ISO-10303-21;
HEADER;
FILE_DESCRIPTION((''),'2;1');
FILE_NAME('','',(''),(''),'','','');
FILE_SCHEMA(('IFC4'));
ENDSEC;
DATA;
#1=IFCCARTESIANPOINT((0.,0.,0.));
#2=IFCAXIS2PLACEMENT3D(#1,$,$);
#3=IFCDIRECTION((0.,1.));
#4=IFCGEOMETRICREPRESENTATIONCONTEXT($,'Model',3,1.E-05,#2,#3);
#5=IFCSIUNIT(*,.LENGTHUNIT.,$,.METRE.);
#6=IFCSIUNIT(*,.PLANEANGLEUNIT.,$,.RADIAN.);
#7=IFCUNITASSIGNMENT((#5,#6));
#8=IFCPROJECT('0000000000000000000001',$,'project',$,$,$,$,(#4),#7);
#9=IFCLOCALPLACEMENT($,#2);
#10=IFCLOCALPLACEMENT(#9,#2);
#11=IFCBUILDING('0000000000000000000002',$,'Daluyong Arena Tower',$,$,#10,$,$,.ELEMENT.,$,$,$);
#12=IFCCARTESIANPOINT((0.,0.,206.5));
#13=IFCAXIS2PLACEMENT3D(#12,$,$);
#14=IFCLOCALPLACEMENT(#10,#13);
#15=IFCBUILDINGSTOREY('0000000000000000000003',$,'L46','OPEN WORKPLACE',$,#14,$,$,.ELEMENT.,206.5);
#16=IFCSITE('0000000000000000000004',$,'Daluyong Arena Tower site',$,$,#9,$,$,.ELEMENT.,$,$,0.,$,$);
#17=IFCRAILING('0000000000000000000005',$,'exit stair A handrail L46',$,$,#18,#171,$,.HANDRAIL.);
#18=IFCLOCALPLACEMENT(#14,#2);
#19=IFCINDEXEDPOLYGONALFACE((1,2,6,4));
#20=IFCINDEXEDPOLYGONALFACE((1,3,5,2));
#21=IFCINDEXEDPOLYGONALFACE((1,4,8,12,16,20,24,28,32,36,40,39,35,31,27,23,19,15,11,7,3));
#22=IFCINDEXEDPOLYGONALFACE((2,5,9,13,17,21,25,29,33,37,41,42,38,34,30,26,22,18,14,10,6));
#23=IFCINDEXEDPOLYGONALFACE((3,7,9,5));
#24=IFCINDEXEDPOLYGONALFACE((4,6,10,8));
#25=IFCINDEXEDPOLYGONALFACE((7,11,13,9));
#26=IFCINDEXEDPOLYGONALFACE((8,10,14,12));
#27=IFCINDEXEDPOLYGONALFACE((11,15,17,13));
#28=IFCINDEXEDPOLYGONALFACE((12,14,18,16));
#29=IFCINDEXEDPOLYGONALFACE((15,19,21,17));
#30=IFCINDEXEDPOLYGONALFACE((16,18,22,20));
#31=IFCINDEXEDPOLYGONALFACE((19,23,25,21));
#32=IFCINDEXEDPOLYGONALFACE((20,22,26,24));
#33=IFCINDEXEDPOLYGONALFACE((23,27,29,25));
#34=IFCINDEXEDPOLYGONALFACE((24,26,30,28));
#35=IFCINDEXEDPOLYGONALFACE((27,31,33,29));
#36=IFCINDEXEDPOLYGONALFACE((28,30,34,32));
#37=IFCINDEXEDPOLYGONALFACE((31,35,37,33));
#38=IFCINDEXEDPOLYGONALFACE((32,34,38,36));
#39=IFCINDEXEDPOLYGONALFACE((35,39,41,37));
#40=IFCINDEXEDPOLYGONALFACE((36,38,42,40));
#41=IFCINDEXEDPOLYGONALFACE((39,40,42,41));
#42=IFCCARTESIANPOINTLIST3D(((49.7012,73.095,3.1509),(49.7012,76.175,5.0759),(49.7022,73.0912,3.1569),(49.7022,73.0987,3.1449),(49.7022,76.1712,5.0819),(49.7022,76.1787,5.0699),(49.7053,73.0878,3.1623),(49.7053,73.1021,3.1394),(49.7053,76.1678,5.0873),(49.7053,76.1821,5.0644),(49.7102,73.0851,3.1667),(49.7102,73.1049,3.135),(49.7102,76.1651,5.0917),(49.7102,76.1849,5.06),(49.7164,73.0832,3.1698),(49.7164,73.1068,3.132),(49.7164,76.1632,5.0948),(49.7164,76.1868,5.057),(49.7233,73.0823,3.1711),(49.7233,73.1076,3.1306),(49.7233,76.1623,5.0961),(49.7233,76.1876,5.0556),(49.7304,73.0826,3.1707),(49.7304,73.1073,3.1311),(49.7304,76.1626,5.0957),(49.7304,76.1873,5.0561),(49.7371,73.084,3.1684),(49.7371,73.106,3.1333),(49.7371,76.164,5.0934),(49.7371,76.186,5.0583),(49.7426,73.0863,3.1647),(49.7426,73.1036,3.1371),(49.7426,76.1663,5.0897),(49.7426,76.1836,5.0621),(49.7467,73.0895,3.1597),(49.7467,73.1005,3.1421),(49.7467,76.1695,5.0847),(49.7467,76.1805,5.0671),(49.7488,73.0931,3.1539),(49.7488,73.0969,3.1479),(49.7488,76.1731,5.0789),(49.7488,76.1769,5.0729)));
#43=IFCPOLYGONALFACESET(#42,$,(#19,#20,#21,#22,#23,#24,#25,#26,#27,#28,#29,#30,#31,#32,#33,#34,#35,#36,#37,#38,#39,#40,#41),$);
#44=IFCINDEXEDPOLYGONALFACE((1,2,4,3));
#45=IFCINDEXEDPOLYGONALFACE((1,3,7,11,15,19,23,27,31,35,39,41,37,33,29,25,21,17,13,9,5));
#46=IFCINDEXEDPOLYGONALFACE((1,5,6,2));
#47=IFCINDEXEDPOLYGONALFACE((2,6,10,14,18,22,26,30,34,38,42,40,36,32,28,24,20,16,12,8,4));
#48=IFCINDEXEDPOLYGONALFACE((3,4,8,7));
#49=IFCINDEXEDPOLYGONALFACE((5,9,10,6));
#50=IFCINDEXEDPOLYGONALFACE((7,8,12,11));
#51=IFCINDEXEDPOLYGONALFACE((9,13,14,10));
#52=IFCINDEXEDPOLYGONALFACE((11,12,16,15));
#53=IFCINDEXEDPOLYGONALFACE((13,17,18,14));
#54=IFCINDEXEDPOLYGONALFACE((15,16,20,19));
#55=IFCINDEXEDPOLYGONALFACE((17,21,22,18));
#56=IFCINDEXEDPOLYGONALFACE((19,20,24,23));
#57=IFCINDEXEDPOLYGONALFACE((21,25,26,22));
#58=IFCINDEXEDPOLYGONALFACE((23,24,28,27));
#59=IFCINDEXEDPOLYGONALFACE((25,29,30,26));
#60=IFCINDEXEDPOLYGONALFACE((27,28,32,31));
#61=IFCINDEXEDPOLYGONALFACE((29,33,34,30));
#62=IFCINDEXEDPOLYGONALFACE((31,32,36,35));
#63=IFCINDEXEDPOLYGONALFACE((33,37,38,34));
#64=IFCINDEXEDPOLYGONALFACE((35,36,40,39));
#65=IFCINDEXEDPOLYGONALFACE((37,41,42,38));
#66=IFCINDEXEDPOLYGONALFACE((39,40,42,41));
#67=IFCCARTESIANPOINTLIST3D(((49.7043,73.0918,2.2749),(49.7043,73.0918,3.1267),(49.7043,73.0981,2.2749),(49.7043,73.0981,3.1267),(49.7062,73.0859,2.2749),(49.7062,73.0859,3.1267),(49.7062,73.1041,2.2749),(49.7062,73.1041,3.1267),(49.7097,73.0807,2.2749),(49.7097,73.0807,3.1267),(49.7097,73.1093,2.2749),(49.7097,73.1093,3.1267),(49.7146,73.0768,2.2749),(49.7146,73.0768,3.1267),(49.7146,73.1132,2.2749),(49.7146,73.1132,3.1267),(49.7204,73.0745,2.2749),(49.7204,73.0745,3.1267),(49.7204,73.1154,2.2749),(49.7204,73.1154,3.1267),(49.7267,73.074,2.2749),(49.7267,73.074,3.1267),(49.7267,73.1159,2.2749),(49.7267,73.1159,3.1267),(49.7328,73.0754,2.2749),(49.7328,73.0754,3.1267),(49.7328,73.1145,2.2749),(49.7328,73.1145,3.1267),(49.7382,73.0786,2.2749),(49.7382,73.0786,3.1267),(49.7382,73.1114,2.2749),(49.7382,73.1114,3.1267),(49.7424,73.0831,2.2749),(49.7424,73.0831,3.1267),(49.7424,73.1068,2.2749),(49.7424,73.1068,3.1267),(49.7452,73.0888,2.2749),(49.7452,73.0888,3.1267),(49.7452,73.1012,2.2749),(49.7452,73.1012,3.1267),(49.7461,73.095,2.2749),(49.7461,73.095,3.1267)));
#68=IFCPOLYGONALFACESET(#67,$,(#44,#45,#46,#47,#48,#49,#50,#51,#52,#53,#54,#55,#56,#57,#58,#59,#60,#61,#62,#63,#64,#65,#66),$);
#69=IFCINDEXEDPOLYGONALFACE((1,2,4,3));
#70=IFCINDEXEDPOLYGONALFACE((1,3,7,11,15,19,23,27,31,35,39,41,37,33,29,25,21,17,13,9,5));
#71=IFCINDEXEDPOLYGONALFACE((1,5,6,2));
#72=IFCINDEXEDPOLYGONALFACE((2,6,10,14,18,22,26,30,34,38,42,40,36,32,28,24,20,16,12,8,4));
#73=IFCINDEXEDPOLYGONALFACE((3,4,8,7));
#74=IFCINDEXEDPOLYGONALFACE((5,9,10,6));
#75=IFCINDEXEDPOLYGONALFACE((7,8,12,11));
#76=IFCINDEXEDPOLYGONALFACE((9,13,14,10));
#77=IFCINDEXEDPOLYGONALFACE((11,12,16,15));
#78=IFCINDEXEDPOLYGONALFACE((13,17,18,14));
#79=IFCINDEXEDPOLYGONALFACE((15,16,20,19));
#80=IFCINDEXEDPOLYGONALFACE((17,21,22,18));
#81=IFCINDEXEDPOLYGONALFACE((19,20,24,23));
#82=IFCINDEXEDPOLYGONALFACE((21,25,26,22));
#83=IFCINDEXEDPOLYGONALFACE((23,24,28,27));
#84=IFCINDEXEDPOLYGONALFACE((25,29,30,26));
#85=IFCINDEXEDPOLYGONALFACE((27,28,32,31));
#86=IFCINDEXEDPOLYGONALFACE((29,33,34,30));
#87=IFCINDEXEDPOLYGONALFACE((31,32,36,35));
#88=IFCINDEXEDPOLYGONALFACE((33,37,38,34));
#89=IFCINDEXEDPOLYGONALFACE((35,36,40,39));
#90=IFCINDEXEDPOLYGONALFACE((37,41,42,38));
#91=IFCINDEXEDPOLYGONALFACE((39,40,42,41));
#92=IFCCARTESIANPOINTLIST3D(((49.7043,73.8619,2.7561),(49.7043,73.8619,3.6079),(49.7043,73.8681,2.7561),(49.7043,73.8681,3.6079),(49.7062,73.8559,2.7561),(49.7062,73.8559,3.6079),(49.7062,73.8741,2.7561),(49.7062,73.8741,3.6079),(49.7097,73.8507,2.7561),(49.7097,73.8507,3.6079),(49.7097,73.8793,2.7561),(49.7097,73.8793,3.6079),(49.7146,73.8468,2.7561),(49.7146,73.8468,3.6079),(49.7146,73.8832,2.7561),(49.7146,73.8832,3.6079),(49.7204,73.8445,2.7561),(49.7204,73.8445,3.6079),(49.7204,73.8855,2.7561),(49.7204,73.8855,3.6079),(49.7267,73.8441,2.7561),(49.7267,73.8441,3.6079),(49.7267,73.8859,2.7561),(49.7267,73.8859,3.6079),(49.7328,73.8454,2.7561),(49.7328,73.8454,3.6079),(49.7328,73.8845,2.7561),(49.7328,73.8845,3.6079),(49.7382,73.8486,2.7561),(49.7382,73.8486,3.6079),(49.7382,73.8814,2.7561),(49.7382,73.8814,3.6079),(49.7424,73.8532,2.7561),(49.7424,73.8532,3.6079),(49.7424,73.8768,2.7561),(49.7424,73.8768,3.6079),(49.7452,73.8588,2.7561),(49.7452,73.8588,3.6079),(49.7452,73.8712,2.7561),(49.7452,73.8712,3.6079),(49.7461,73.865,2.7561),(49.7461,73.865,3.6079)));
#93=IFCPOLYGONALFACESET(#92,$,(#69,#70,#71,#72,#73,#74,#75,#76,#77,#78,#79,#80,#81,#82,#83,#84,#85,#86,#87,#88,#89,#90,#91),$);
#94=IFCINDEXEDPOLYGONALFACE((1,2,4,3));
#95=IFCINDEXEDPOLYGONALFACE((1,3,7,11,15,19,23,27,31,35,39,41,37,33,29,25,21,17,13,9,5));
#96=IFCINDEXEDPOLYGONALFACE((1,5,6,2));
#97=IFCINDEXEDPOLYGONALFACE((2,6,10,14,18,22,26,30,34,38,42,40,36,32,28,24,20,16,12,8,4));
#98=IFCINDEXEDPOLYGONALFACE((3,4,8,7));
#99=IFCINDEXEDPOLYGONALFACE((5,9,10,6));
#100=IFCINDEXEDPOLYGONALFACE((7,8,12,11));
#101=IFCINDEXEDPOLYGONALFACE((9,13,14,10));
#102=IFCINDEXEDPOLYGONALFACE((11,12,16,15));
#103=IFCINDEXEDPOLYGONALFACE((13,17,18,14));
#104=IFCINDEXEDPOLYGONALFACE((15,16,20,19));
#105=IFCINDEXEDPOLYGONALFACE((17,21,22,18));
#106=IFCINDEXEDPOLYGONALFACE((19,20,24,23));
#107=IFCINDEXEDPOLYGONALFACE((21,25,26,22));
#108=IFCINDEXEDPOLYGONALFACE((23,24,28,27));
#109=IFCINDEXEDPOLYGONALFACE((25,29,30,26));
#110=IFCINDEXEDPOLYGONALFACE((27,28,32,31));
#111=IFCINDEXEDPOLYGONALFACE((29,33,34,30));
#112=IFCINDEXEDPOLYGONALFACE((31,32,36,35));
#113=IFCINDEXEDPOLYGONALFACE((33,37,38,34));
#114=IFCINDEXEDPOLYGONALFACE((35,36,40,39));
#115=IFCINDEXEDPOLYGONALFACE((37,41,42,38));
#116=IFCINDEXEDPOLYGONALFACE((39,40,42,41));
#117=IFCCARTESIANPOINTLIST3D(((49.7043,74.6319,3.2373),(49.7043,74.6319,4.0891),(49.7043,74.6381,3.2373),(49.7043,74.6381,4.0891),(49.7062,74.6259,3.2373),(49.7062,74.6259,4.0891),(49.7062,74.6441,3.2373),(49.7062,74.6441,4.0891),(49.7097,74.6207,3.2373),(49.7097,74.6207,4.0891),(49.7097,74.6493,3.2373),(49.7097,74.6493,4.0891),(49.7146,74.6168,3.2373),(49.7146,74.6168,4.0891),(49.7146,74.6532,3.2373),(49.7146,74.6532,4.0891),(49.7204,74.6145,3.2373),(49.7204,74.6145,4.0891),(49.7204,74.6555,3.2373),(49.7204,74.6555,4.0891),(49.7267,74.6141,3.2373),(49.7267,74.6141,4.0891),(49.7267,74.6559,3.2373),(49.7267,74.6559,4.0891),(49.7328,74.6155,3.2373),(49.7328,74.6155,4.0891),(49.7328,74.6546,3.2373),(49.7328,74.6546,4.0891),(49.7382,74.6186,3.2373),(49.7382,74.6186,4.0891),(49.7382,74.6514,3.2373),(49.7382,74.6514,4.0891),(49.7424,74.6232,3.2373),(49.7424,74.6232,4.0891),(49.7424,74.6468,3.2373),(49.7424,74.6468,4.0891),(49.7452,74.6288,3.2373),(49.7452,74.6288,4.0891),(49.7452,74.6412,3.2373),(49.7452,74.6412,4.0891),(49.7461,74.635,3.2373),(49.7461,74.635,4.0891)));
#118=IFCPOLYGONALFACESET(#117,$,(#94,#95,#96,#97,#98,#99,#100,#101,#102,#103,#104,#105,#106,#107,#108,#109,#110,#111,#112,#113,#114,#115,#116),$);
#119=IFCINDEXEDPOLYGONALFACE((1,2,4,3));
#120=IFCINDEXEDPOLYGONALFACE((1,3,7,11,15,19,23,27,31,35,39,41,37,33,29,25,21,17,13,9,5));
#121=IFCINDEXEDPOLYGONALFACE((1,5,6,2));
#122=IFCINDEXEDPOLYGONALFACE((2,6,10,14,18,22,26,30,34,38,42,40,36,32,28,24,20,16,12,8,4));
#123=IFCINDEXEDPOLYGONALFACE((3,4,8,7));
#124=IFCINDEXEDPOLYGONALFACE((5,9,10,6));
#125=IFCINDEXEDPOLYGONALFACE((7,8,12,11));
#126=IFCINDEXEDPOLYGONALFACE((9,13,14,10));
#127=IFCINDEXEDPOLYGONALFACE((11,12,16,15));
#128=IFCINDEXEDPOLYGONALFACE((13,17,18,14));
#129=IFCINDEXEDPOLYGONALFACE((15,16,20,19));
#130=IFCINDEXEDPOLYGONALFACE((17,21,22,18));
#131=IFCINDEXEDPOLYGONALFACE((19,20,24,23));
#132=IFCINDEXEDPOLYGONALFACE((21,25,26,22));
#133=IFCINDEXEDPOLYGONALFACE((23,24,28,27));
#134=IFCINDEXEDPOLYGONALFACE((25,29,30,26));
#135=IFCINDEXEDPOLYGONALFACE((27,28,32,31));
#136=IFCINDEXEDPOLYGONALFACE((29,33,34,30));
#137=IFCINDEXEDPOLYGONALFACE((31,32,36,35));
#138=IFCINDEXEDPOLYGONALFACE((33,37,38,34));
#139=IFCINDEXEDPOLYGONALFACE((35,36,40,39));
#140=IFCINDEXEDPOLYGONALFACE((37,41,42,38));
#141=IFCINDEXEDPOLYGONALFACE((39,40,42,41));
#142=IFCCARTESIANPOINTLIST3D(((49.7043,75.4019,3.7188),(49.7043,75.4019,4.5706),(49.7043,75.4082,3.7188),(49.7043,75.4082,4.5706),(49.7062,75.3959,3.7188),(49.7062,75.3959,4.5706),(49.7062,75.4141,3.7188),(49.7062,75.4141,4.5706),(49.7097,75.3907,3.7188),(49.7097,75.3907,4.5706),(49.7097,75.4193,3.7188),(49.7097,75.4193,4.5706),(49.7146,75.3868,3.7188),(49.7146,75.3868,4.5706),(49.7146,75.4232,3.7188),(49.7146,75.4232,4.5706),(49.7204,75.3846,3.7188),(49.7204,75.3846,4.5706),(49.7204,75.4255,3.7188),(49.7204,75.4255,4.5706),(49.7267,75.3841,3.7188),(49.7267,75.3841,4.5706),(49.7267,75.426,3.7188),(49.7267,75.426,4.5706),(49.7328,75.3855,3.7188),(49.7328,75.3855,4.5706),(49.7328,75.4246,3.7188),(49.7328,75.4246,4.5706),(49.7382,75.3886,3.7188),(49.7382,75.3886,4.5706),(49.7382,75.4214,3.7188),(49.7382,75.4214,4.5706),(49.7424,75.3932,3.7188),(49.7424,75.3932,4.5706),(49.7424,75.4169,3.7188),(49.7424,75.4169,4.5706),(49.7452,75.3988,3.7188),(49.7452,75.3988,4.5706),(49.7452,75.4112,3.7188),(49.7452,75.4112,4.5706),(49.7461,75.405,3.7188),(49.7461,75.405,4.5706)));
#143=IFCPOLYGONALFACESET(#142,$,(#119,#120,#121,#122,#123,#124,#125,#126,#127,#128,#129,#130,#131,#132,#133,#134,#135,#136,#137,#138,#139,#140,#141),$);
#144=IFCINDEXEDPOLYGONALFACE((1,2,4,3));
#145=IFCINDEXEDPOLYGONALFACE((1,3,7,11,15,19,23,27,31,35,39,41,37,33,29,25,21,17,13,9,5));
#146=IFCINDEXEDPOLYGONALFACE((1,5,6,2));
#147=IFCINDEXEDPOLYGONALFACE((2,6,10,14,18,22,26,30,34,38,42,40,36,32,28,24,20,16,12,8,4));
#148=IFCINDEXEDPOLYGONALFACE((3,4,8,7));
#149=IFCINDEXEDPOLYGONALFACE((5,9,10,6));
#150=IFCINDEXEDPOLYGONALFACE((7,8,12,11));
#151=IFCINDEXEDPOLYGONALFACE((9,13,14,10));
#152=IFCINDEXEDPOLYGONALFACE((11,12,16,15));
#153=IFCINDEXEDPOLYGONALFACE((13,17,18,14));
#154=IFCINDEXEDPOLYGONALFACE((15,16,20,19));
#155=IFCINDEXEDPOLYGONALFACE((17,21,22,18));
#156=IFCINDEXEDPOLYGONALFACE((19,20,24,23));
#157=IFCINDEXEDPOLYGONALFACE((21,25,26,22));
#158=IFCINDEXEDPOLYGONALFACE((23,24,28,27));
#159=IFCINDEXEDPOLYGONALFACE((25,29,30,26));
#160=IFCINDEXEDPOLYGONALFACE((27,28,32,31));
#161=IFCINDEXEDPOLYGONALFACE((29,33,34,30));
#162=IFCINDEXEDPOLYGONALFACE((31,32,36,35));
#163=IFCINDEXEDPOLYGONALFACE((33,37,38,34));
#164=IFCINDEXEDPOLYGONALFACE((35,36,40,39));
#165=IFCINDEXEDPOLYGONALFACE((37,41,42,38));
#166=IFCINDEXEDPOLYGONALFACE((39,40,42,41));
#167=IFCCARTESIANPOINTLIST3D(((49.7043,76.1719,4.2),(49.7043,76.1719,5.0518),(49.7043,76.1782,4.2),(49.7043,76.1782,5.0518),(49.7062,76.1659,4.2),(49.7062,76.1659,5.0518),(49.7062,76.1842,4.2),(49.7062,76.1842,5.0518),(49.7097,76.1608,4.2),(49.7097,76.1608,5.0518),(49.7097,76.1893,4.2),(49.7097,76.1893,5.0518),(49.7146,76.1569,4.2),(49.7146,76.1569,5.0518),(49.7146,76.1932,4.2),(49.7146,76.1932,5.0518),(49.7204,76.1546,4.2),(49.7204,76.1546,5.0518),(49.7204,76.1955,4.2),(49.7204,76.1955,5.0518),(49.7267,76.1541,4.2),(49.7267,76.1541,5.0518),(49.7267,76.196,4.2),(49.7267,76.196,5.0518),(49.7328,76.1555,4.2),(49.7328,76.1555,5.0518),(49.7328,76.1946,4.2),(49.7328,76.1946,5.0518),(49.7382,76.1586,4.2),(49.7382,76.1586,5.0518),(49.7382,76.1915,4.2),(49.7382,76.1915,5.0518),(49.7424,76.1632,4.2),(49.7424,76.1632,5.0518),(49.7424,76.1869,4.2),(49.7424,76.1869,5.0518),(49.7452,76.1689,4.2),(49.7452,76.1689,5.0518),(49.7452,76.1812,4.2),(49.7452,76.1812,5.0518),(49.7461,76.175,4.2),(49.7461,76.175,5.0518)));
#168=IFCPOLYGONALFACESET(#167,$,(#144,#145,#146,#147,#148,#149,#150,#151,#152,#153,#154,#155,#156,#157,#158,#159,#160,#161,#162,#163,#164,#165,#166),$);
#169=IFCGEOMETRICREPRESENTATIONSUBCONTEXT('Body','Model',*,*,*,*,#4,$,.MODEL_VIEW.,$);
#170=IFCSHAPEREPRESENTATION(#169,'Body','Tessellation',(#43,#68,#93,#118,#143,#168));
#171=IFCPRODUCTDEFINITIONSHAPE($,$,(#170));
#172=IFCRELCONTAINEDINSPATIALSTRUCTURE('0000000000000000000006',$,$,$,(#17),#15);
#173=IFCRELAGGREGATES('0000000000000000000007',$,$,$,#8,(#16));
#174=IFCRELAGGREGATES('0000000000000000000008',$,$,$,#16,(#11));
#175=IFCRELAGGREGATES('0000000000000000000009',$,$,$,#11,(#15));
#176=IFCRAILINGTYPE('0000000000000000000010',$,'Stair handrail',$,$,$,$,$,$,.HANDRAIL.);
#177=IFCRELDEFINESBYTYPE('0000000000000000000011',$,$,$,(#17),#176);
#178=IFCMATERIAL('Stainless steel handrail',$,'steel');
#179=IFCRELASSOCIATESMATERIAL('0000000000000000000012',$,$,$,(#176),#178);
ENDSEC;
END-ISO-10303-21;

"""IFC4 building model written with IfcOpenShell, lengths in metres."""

from ifc_helpers import new_model, si_unit, direction, frame, origin, origin_2d, place, context, subcontext, project, spatial, circle, extrude, material, type_object, element, save


model = new_model("IFC4")

# Units and contexts
model_context = context("Model", 3, precision=1e-05, world=origin(), true_north=direction((0.0, 1.0)))
body_context = subcontext(model_context, "Body", "Model", "MODEL_VIEW")
ifc_project = project(units=[si_unit("LENGTHUNIT", "METRE"), si_unit("PLANEANGLEUNIT", "RADIAN")], contexts=[model_context])

# Site, building, storey
site_placement = place(None, origin())
site = spatial("IfcSite", under=ifc_project, at=site_placement, Name="Daluyong Arena Tower site", CompositionType="ELEMENT", RefElevation=0.0)
building_placement = place(site_placement, origin())
building = spatial("IfcBuilding", under=site, at=building_placement, Name="Daluyong Arena Tower", CompositionType="ELEMENT")
storey_placement = place(building_placement, frame((0.0, 0.0, 206.5)))
storey = spatial("IfcBuildingStorey", under=building, at=storey_placement, Name="L46", Description="OPEN WORKPLACE", CompositionType="ELEMENT", Elevation=206.5)

# Railing
ifc_material_1 = material(Name="Stainless steel handrail", Category="steel")
railing_type_1 = type_object("IfcRailingType", Name="Stair handrail", PredefinedType="HANDRAIL", material=ifc_material_1)
railing_1_placement = place(storey_placement, frame((49.7251, 73.095, 2.2749)))
element("IfcRailing", 1, at=railing_1_placement, inside=storey, type_object=railing_type_1, Name="exit stair A handrail L46", PredefinedType="HANDRAIL", context=body_context, shape_type="SweptSolid", body=[
    extrude(circle(Radius=0.0239, at=origin_2d()), frame((0.0, 0.0, 0.876), z_axis=(0.0, 0.847998, 0.529999), x_axis=(-1.0, 0.0, 0.0)), (0.0, 0.0, 1.0), 3.6321),
    extrude(circle(Radius=0.021, at=origin_2d()), origin(), (0.0, 0.0, 1.0), 0.8518),
    extrude(circle(Radius=0.021, at=origin_2d()), frame((0.0, 0.77, 0.4812)), (0.0, 0.0, 1.0), 0.8518),
    extrude(circle(Radius=0.021, at=origin_2d()), frame((0.0, 1.54, 0.9624)), (0.0, 0.0, 1.0), 0.8518),
    extrude(circle(Radius=0.021, at=origin_2d()), frame((0.0, 2.3101, 1.4438)), (0.0, 0.0, 1.0), 0.8518),
    extrude(circle(Radius=0.021, at=origin_2d()), frame((0.0, 3.0801, 1.925)), (0.0, 0.0, 1.0), 0.8518),
])

save(model, "model.ifc")
